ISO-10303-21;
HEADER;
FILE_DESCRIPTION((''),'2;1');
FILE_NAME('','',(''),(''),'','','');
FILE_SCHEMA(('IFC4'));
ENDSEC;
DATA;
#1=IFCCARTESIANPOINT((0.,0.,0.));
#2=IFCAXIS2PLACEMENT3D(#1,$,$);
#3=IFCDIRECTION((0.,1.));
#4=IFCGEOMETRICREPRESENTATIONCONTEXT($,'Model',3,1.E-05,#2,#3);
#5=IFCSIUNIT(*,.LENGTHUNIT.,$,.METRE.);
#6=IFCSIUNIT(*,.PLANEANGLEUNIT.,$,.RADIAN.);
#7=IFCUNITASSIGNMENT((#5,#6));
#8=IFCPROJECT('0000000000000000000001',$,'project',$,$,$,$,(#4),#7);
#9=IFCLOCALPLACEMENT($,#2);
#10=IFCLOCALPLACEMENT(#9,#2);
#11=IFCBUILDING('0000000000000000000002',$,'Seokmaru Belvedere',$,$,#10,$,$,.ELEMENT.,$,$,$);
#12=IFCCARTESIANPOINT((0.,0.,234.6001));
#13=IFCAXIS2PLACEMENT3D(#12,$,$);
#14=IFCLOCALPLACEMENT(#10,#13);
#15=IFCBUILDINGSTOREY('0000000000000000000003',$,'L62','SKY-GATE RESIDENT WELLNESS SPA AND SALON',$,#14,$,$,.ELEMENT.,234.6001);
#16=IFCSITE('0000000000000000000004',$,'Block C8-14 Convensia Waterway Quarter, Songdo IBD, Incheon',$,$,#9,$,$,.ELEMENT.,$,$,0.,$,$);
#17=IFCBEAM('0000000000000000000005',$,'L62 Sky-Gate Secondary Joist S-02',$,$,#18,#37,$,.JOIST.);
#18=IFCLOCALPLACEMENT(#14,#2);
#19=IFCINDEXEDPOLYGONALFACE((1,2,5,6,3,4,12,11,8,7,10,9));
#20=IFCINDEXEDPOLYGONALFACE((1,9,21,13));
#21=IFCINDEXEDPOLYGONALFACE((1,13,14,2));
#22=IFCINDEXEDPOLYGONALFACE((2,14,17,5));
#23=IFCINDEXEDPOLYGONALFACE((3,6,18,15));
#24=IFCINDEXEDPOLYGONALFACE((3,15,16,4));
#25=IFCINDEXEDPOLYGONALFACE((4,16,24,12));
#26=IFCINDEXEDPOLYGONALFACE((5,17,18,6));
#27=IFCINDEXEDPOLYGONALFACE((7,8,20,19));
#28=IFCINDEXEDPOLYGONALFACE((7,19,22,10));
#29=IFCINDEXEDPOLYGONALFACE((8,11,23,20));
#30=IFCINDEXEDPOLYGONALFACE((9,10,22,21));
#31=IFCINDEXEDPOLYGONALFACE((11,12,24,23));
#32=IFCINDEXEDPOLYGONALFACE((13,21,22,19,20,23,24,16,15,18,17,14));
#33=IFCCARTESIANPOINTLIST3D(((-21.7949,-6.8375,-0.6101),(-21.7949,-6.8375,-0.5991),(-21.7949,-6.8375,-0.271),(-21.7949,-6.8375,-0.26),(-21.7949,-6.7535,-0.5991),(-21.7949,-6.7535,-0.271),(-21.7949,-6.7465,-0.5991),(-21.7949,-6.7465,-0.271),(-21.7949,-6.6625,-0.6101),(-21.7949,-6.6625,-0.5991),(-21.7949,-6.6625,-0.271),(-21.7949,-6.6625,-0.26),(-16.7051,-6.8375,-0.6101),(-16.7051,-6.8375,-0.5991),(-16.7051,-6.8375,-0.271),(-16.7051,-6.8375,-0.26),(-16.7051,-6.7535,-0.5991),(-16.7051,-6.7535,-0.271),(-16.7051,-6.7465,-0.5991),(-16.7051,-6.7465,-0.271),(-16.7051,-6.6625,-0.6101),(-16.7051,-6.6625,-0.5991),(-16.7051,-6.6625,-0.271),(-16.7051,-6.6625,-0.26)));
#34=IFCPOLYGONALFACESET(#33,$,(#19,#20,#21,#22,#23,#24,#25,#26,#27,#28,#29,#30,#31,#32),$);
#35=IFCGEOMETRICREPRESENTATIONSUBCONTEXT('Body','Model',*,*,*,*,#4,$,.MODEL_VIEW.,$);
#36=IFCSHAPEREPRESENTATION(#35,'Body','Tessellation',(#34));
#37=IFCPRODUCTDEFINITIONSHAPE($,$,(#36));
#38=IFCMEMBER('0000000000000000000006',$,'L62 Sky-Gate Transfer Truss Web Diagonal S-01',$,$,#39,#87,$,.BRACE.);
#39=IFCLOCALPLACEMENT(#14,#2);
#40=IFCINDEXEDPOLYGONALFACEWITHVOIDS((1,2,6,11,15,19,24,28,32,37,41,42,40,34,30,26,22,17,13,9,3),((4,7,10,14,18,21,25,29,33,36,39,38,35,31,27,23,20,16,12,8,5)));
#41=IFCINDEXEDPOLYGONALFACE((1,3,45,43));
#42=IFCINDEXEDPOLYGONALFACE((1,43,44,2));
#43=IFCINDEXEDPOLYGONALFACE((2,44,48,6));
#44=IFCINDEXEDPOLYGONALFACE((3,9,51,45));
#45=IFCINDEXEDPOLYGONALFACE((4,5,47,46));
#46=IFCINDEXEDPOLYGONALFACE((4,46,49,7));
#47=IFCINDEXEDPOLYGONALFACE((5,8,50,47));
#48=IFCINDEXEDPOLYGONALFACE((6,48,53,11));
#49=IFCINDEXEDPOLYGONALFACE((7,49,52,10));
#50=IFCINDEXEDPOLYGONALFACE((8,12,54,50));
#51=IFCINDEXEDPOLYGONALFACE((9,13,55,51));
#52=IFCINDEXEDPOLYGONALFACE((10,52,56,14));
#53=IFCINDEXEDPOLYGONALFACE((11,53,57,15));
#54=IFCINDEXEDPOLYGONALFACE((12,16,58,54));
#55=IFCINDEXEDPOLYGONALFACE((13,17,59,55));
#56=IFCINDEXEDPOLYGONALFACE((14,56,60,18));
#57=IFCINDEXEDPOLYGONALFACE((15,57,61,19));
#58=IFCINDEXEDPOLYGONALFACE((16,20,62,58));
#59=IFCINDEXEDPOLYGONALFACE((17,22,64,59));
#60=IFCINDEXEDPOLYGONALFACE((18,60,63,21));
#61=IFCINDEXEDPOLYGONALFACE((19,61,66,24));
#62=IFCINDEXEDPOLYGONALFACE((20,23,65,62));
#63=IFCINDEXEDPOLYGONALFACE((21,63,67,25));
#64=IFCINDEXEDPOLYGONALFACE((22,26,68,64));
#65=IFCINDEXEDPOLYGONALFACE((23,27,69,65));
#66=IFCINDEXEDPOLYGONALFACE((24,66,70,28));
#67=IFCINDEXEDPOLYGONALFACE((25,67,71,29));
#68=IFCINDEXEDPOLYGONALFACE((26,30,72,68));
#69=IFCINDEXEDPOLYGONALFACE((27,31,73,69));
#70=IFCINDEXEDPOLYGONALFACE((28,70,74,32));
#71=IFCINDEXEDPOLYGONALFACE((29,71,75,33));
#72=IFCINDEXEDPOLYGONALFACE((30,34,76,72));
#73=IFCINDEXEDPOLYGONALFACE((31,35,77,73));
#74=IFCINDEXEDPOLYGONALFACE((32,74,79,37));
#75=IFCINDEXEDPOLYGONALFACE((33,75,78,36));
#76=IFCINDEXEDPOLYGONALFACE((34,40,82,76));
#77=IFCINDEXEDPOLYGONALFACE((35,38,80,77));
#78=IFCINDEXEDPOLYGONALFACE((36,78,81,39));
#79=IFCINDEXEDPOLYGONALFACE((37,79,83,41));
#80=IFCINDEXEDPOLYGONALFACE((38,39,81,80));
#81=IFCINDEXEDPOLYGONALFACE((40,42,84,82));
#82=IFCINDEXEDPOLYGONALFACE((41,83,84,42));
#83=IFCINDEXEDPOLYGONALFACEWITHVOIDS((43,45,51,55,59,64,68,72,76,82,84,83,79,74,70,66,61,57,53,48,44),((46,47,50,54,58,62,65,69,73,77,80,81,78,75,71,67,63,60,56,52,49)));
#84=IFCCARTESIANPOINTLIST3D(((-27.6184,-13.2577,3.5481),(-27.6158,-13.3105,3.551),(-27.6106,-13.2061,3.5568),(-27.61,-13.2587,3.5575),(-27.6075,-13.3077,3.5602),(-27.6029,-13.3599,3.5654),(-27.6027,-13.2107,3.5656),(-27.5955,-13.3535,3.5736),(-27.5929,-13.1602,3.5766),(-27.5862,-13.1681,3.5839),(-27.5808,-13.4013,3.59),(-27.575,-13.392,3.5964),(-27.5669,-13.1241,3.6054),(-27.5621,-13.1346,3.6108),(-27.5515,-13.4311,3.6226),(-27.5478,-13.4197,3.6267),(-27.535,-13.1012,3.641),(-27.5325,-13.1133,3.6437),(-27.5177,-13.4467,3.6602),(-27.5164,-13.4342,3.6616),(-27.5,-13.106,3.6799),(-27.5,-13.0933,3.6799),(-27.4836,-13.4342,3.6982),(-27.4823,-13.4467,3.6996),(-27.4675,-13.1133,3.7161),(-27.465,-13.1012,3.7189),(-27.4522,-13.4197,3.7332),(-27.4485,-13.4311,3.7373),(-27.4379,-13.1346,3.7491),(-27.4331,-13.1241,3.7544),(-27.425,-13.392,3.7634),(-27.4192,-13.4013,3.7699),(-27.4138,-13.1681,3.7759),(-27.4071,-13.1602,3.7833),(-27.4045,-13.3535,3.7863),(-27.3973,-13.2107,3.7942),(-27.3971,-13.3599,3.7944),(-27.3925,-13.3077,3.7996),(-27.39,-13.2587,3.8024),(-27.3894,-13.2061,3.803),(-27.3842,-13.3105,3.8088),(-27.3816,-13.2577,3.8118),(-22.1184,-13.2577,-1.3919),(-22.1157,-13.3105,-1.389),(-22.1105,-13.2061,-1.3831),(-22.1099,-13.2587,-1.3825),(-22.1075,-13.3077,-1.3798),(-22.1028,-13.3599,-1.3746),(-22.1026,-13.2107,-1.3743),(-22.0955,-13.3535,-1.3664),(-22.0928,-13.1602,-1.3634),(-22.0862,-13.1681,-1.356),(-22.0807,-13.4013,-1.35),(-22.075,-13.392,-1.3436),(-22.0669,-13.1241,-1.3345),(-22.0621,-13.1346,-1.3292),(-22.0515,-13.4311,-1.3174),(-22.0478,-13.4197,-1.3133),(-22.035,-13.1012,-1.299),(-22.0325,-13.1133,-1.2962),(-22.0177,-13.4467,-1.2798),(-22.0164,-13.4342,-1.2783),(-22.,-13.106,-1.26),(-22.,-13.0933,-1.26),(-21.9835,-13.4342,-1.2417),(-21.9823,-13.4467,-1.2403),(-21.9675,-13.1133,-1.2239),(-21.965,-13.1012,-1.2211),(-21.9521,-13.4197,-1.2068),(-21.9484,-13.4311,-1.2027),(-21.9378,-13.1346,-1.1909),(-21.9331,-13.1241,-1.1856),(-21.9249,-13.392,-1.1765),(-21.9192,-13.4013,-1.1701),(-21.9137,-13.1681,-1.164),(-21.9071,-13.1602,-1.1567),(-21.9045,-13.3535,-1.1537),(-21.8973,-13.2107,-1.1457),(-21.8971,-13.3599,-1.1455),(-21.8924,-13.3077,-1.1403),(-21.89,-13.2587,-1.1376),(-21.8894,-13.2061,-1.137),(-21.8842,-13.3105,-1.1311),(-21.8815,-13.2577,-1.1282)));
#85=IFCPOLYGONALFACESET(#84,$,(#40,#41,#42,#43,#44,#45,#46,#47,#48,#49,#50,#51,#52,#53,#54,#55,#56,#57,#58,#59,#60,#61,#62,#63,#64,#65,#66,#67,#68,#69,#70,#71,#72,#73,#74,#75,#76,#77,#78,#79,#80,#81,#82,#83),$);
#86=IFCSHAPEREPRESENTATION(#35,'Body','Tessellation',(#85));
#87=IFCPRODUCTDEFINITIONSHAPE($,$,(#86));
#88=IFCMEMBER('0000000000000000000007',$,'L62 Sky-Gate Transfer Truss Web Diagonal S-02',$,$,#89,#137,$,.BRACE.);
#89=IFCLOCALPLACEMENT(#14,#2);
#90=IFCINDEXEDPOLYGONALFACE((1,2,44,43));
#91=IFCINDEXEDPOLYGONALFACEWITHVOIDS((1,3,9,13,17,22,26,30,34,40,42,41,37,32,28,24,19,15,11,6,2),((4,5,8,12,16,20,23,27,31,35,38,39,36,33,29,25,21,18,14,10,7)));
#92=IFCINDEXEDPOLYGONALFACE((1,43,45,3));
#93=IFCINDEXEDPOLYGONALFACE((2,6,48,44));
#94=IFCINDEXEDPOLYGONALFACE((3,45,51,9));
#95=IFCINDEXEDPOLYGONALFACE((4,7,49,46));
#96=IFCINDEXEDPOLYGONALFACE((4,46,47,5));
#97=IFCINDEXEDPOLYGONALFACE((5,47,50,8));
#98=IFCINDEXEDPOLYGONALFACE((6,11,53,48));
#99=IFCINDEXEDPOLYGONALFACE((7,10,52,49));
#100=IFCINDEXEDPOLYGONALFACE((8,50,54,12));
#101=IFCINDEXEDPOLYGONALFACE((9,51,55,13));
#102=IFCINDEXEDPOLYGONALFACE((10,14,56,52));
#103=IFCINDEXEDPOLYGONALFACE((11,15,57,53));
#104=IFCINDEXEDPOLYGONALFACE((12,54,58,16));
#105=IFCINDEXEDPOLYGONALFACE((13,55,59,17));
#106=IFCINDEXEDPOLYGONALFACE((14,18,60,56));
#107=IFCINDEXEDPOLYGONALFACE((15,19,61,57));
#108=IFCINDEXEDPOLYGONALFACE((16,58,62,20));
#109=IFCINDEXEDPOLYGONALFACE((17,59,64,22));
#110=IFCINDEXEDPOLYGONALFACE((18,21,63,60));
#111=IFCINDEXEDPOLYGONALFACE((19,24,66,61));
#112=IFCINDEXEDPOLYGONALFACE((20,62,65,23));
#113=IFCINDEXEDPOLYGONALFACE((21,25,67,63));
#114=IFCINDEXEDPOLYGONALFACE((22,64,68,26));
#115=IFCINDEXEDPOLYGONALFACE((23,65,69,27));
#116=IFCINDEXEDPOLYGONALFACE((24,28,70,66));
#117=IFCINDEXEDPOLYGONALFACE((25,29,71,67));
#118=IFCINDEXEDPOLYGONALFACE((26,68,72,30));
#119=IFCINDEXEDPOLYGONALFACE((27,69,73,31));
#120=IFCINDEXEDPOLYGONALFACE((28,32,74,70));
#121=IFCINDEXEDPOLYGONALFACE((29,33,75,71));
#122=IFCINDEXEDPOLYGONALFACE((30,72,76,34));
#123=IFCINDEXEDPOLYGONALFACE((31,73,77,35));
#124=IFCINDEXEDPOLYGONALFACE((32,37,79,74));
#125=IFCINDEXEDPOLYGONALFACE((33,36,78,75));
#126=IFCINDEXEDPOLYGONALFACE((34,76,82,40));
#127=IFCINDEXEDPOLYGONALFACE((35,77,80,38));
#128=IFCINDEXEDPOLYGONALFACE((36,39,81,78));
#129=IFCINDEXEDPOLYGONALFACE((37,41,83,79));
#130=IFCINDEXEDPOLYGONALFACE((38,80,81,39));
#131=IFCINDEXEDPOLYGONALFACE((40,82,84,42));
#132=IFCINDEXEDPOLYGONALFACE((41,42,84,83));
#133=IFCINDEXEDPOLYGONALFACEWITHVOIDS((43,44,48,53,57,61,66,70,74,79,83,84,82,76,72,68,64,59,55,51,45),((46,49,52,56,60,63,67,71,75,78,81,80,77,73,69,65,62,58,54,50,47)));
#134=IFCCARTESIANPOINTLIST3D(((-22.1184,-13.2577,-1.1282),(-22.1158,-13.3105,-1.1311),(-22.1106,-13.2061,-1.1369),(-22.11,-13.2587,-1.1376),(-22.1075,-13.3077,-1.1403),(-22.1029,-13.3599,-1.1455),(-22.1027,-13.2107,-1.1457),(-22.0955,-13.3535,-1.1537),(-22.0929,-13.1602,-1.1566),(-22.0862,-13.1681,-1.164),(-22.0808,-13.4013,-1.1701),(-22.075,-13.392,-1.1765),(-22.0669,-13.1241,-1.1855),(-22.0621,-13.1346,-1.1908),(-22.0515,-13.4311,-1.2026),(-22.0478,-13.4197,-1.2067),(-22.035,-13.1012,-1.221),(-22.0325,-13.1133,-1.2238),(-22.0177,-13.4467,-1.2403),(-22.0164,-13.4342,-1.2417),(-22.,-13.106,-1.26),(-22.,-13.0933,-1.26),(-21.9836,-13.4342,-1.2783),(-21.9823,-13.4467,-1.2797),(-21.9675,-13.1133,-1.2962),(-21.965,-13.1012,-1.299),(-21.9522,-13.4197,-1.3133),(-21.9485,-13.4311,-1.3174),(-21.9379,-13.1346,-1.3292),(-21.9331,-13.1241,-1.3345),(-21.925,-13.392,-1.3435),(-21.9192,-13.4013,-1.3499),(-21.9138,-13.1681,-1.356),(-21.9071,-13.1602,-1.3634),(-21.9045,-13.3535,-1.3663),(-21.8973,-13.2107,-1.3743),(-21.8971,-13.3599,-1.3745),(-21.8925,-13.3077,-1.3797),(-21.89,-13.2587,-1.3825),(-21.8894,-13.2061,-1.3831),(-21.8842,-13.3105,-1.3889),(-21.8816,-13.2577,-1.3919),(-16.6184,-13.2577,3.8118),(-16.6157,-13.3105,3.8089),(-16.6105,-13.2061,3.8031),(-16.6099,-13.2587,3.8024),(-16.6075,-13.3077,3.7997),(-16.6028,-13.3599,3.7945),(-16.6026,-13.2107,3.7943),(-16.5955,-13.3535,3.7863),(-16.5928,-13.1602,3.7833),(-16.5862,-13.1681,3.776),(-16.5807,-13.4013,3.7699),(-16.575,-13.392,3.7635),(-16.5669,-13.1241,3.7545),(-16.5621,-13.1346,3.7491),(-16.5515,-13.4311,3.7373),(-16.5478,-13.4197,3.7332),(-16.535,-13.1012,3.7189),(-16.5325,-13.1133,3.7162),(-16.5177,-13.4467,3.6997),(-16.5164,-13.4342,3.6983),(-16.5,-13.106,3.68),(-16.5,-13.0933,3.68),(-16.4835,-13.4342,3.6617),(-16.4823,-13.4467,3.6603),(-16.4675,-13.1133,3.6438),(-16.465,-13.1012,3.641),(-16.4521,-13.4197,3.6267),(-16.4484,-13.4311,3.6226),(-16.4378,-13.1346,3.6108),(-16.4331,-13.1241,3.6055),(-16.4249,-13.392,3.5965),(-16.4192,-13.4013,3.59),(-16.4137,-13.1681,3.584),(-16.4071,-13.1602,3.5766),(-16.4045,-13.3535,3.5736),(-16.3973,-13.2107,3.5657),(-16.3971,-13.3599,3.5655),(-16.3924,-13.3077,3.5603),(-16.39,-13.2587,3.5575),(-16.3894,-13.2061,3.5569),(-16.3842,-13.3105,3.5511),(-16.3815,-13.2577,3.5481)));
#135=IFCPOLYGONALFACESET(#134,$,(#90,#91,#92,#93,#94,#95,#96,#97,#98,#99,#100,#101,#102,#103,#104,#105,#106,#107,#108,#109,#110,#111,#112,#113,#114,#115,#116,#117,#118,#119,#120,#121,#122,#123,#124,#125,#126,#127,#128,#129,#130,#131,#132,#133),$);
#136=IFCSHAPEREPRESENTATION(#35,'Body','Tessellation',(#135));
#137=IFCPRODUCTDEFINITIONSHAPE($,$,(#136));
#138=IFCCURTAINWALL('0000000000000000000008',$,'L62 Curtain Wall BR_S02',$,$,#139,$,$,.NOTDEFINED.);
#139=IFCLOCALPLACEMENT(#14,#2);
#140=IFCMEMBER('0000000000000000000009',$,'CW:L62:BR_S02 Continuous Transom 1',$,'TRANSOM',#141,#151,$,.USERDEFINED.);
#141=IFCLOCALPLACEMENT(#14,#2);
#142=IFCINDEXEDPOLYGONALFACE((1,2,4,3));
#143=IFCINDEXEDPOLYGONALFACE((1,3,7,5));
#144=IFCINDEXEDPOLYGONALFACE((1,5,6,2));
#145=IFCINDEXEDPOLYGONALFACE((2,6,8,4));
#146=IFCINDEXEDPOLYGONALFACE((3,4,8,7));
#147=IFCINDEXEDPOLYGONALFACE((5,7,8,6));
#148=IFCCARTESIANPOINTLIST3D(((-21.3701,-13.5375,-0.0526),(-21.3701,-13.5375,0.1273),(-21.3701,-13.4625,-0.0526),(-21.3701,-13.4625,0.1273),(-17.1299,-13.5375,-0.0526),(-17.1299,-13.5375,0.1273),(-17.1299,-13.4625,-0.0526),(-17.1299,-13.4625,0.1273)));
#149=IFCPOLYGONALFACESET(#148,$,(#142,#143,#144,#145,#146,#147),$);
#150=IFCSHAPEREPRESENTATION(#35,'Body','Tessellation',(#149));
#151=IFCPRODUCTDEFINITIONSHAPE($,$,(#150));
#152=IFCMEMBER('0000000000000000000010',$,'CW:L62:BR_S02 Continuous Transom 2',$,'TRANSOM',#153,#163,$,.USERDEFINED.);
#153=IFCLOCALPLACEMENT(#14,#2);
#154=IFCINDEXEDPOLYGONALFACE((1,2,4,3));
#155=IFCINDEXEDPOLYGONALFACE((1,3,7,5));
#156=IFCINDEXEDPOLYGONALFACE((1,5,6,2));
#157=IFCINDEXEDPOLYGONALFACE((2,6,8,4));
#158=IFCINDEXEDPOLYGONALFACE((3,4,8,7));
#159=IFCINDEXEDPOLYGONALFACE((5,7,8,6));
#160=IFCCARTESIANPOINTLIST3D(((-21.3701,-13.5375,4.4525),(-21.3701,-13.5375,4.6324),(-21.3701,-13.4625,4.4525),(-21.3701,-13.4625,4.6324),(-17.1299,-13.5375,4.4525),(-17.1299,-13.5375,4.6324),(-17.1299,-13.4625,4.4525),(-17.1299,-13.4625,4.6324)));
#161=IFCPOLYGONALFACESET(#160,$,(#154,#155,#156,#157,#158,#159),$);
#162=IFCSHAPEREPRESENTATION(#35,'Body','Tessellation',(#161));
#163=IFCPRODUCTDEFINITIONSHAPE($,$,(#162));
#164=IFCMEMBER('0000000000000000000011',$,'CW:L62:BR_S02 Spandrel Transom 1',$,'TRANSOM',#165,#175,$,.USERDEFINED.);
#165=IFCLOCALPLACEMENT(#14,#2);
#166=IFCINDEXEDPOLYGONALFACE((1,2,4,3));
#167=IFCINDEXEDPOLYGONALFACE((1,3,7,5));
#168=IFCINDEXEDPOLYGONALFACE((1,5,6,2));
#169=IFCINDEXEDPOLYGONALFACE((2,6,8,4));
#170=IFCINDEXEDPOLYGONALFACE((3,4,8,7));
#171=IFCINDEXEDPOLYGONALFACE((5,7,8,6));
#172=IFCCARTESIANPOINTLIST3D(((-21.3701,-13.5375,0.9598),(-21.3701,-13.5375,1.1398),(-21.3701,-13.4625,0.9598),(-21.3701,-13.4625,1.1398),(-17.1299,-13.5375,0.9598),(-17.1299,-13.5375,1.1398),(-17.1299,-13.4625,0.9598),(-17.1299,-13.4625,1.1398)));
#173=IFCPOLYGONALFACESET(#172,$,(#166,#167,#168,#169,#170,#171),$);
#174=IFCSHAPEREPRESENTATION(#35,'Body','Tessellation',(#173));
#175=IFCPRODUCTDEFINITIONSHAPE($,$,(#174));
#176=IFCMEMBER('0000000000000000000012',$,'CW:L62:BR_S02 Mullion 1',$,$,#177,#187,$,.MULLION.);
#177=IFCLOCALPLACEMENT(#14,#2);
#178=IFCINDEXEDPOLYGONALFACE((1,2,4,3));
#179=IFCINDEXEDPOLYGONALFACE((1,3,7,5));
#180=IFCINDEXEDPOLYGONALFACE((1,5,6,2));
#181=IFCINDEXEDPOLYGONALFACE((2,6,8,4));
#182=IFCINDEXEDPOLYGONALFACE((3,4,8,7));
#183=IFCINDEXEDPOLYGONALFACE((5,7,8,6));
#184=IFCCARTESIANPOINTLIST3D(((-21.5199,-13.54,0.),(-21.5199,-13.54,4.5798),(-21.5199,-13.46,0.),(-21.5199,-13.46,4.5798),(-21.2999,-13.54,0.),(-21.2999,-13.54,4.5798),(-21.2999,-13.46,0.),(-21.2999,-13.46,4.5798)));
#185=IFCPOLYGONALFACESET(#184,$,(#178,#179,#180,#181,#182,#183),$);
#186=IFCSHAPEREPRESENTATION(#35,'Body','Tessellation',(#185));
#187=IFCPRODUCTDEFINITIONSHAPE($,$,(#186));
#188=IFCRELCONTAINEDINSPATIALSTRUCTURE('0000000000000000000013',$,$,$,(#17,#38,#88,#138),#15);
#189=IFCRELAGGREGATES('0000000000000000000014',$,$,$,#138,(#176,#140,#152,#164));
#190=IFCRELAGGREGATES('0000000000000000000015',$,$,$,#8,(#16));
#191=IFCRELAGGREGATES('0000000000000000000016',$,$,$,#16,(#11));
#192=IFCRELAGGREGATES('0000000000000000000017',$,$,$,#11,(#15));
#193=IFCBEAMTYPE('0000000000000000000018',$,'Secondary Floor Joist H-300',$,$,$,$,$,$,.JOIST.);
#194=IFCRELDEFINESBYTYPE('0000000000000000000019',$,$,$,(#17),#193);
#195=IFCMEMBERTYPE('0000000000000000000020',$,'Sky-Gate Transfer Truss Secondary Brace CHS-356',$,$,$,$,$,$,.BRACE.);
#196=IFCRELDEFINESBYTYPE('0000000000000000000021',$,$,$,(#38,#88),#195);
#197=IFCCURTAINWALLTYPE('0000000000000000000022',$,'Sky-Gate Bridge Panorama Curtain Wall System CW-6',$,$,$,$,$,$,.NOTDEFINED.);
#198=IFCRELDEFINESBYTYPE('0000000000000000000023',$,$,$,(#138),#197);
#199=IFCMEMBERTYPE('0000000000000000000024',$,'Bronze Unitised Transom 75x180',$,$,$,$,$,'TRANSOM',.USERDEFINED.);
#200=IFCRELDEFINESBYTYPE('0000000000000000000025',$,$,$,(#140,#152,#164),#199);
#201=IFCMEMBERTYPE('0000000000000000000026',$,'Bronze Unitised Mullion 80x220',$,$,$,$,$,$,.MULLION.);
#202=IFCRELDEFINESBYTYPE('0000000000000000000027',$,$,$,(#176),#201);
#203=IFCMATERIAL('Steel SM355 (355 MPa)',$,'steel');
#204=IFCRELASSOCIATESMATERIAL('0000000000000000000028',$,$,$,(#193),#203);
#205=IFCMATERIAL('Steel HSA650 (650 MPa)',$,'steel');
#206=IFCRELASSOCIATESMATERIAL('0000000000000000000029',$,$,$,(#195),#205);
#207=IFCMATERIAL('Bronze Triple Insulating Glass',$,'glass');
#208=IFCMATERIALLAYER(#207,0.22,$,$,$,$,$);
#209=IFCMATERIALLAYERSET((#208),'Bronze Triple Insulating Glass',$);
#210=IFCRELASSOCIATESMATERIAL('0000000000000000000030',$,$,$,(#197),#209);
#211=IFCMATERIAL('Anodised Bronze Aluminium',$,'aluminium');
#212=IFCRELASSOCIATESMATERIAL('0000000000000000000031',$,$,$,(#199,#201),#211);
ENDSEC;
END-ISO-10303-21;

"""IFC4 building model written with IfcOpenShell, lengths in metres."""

from ifc_helpers import new_model, si_unit, direction, frame, origin, origin_2d, place, context, subcontext, project, spatial, rectangle, hollow_circle, i_section, extrude, source, transform, mapped, material, layer, layer_set, material_profile, profile_set, type_object, type_shapes, element, aggregate, save


model = new_model("IFC4")

# Units and contexts
model_context = context("Model", 3, precision=1e-05, world=origin(), true_north=direction((0.0, 1.0)))
body_context = subcontext(model_context, "Body", "Model", "MODEL_VIEW")
ifc_project = project(units=[si_unit("LENGTHUNIT", "METRE"), si_unit("PLANEANGLEUNIT", "RADIAN")], contexts=[model_context])

# Site, building, storey
site_placement = place(None, origin())
site = spatial("IfcSite", under=ifc_project, at=site_placement, Name="Block C8-14 Convensia Waterway Quarter, Songdo IBD, Incheon", CompositionType="ELEMENT", RefElevation=0.0)
building_placement = place(site_placement, origin())
building = spatial("IfcBuilding", under=site, at=building_placement, Name="Seokmaru Belvedere", CompositionType="ELEMENT")
storey_placement = place(building_placement, frame((0.0, 0.0, 234.6001)))
storey = spatial("IfcBuildingStorey", under=building, at=storey_placement, Name="L62", Description="SKY-GATE RESIDENT WELLNESS SPA AND SALON", CompositionType="ELEMENT", Elevation=234.6001)

# Shared definitions
ifc_material_1 = material(Name="Steel HSA650 (650 MPa)", Category="steel")
ifc_material_2 = material(Name="Steel SM355 (355 MPa)", Category="steel")

# Beam
ifc_material_profile_1 = material_profile(ifc_material_2, i_section(OverallWidth=0.175, OverallDepth=0.3501, WebThickness=0.0071, FlangeThickness=0.011, at=origin_2d()), Name="H-350x175x7x11")
ifc_profile_set_1 = profile_set([ifc_material_profile_1], Name="Steel SM355 (355 MPa)")
beam_type_1 = type_object("IfcBeamType", Name="Secondary Floor Joist H-300", PredefinedType="JOIST", material=ifc_profile_set_1)
shared_shape_1 = source(origin(), body_context, "Body", "SweptSolid", [
    extrude(i_section(OverallWidth=0.175, OverallDepth=0.3501, WebThickness=0.0071, FlangeThickness=0.011, at=origin_2d()), origin(), (0.0, 0.0, 1.0), 5.0898),
])
type_shapes(beam_type_1, [shared_shape_1])
for number, where, z_axis, x_axis, name in (
    (1, (-21.7949, -6.75, -0.4351), (1.0, 0.0, 0.0), (0.0, 1.0, 0.0), "L62 Sky-Gate Secondary Joist S-02"),
):
    element("IfcBeam", number, at=place(storey_placement, frame(where, z_axis=z_axis, x_axis=x_axis)), inside=storey, type_object=beam_type_1, Name=name, PredefinedType="JOIST", context=body_context, shape_type="MappedRepresentation", body=[
        mapped(shared_shape_1, transform((0.0, 0.0, 0.0), scale=1.0)),
    ])

# Members
ifc_material_profile_2 = material_profile(ifc_material_1, hollow_circle(Radius=0.1777, WallThickness=0.0127, at=origin_2d()), Name="CHS-355.6x12.7")
ifc_profile_set_2 = profile_set([ifc_material_profile_2], Name="Steel HSA650 (650 MPa)")
member_type_1 = type_object("IfcMemberType", Name="Sky-Gate Transfer Truss Secondary Brace CHS-356", PredefinedType="BRACE", material=ifc_profile_set_2)
shared_shape_2 = source(origin(), body_context, "Body", "SweptSolid", [
    extrude(hollow_circle(Radius=0.1777, WallThickness=0.0127, at=origin_2d()), origin(), (0.0, 0.0, 1.0), 7.3928),
])
type_shapes(member_type_1, [shared_shape_2])
for number, where, z_axis, x_axis, name in (
    (2, (-27.5, -13.271, 3.6799), (0.74397, 0.0, -0.668213), (0.0, 1.0, 0.0), "L62 Sky-Gate Transfer Truss Web Diagonal S-01"),
    (3, (-22.0, -13.271, -1.26), (0.74397, 0.0, 0.668213), (0.0, 1.0, 0.0), "L62 Sky-Gate Transfer Truss Web Diagonal S-02"),
):
    element("IfcMember", number, at=place(storey_placement, frame(where, z_axis=z_axis, x_axis=x_axis)), inside=storey, type_object=member_type_1, Name=name, PredefinedType="BRACE", context=body_context, shape_type="MappedRepresentation", body=[
        mapped(shared_shape_2, transform((0.0, 0.0, 0.0), scale=1.0)),
    ])

# Curtain wall, members
ifc_material_3 = material(Name="Bronze Triple Insulating Glass", Category="glass")
ifc_layer_1 = layer(ifc_material_3, 0.22)
ifc_layer_set_1 = layer_set([ifc_layer_1], Name="Bronze Triple Insulating Glass")
curtain_wall_type = type_object("IfcCurtainWallType", Name="Sky-Gate Bridge Panorama Curtain Wall System CW-6", PredefinedType="NOTDEFINED", material=ifc_layer_set_1)
curtain_wall_placement = place(storey_placement, origin())
curtain_wall = element("IfcCurtainWall", 4, at=curtain_wall_placement, inside=storey, type_object=curtain_wall_type, Name="L62 Curtain Wall BR_S02", PredefinedType="NOTDEFINED")
ifc_material_4 = material(Name="Anodised Bronze Aluminium", Category="aluminium")
ifc_material_profile_3 = material_profile(ifc_material_4, rectangle(XDim=0.075, YDim=0.1799, at=origin_2d()), Name="CW-T-75x180")
ifc_profile_set_3 = profile_set([ifc_material_profile_3], Name="Anodised Bronze Aluminium")
member_type_2 = type_object("IfcMemberType", Name="Bronze Unitised Transom 75x180", ElementType="TRANSOM", PredefinedType="USERDEFINED", material=ifc_profile_set_3)
shared_shape_3 = source(origin(), body_context, "Body", "SweptSolid", [
    extrude(rectangle(XDim=0.075, YDim=0.1799, at=origin_2d()), origin(), (0.0, 0.0, 1.0), 4.2402),
])
type_shapes(member_type_2, [shared_shape_3])
member_1_placement = place(storey_placement, frame((-21.3701, -13.5, 0.0374), z_axis=(1.0, 0.0, 0.0), x_axis=(0.0, 1.0, 0.0)))
member_1 = element("IfcMember", 5, at=member_1_placement, type_object=member_type_2, Name="CW:L62:BR_S02 Continuous Transom 1", ObjectType="TRANSOM", PredefinedType="USERDEFINED", context=body_context, shape_type="MappedRepresentation", body=[
    mapped(shared_shape_3, transform((0.0, 0.0, 0.0), scale=1.0)),
])
member_2_placement = place(storey_placement, frame((-21.3701, -13.5, 4.5425), z_axis=(1.0, 0.0, 0.0), x_axis=(0.0, 1.0, 0.0)))
member_2 = element("IfcMember", 6, at=member_2_placement, type_object=member_type_2, Name="CW:L62:BR_S02 Continuous Transom 2", ObjectType="TRANSOM", PredefinedType="USERDEFINED", context=body_context, shape_type="MappedRepresentation", body=[
    mapped(shared_shape_3, transform((0.0, 0.0, 0.0), scale=1.0)),
])
member_3_placement = place(storey_placement, frame((-21.3701, -13.5, 1.0498), z_axis=(1.0, 0.0, 0.0), x_axis=(0.0, 1.0, 0.0)))
member_3 = element("IfcMember", 7, at=member_3_placement, type_object=member_type_2, Name="CW:L62:BR_S02 Spandrel Transom 1", ObjectType="TRANSOM", PredefinedType="USERDEFINED", context=body_context, shape_type="MappedRepresentation", body=[
    mapped(shared_shape_3, transform((0.0, 0.0, 0.0), scale=1.0)),
])
ifc_material_profile_4 = material_profile(ifc_material_4, rectangle(XDim=0.0801, YDim=0.22, at=origin_2d()), Name="CW-M-80x220")
ifc_profile_set_4 = profile_set([ifc_material_profile_4], Name="Anodised Bronze Aluminium")
member_type_3 = type_object("IfcMemberType", Name="Bronze Unitised Mullion 80x220", PredefinedType="MULLION", material=ifc_profile_set_4)
shared_shape_4 = source(origin(), body_context, "Body", "SweptSolid", [
    extrude(rectangle(XDim=0.0801, YDim=0.22, at=origin_2d()), origin(), (0.0, 0.0, 1.0), 4.5798),
])
type_shapes(member_type_3, [shared_shape_4])
member_4_placement = place(storey_placement, frame((-21.4099, -13.5, 0.0), z_axis=(0.0, 0.0, 1.0), x_axis=(0.0, 1.0, 0.0)))
member_4 = element("IfcMember", 8, at=member_4_placement, type_object=member_type_3, Name="CW:L62:BR_S02 Mullion 1", PredefinedType="MULLION", context=body_context, shape_type="MappedRepresentation", body=[
    mapped(shared_shape_4, transform((0.0, 0.0, 0.0), scale=1.0)),
])
aggregate(curtain_wall, [member_4, member_1, member_2, member_3])

save(model, "model.ifc")
